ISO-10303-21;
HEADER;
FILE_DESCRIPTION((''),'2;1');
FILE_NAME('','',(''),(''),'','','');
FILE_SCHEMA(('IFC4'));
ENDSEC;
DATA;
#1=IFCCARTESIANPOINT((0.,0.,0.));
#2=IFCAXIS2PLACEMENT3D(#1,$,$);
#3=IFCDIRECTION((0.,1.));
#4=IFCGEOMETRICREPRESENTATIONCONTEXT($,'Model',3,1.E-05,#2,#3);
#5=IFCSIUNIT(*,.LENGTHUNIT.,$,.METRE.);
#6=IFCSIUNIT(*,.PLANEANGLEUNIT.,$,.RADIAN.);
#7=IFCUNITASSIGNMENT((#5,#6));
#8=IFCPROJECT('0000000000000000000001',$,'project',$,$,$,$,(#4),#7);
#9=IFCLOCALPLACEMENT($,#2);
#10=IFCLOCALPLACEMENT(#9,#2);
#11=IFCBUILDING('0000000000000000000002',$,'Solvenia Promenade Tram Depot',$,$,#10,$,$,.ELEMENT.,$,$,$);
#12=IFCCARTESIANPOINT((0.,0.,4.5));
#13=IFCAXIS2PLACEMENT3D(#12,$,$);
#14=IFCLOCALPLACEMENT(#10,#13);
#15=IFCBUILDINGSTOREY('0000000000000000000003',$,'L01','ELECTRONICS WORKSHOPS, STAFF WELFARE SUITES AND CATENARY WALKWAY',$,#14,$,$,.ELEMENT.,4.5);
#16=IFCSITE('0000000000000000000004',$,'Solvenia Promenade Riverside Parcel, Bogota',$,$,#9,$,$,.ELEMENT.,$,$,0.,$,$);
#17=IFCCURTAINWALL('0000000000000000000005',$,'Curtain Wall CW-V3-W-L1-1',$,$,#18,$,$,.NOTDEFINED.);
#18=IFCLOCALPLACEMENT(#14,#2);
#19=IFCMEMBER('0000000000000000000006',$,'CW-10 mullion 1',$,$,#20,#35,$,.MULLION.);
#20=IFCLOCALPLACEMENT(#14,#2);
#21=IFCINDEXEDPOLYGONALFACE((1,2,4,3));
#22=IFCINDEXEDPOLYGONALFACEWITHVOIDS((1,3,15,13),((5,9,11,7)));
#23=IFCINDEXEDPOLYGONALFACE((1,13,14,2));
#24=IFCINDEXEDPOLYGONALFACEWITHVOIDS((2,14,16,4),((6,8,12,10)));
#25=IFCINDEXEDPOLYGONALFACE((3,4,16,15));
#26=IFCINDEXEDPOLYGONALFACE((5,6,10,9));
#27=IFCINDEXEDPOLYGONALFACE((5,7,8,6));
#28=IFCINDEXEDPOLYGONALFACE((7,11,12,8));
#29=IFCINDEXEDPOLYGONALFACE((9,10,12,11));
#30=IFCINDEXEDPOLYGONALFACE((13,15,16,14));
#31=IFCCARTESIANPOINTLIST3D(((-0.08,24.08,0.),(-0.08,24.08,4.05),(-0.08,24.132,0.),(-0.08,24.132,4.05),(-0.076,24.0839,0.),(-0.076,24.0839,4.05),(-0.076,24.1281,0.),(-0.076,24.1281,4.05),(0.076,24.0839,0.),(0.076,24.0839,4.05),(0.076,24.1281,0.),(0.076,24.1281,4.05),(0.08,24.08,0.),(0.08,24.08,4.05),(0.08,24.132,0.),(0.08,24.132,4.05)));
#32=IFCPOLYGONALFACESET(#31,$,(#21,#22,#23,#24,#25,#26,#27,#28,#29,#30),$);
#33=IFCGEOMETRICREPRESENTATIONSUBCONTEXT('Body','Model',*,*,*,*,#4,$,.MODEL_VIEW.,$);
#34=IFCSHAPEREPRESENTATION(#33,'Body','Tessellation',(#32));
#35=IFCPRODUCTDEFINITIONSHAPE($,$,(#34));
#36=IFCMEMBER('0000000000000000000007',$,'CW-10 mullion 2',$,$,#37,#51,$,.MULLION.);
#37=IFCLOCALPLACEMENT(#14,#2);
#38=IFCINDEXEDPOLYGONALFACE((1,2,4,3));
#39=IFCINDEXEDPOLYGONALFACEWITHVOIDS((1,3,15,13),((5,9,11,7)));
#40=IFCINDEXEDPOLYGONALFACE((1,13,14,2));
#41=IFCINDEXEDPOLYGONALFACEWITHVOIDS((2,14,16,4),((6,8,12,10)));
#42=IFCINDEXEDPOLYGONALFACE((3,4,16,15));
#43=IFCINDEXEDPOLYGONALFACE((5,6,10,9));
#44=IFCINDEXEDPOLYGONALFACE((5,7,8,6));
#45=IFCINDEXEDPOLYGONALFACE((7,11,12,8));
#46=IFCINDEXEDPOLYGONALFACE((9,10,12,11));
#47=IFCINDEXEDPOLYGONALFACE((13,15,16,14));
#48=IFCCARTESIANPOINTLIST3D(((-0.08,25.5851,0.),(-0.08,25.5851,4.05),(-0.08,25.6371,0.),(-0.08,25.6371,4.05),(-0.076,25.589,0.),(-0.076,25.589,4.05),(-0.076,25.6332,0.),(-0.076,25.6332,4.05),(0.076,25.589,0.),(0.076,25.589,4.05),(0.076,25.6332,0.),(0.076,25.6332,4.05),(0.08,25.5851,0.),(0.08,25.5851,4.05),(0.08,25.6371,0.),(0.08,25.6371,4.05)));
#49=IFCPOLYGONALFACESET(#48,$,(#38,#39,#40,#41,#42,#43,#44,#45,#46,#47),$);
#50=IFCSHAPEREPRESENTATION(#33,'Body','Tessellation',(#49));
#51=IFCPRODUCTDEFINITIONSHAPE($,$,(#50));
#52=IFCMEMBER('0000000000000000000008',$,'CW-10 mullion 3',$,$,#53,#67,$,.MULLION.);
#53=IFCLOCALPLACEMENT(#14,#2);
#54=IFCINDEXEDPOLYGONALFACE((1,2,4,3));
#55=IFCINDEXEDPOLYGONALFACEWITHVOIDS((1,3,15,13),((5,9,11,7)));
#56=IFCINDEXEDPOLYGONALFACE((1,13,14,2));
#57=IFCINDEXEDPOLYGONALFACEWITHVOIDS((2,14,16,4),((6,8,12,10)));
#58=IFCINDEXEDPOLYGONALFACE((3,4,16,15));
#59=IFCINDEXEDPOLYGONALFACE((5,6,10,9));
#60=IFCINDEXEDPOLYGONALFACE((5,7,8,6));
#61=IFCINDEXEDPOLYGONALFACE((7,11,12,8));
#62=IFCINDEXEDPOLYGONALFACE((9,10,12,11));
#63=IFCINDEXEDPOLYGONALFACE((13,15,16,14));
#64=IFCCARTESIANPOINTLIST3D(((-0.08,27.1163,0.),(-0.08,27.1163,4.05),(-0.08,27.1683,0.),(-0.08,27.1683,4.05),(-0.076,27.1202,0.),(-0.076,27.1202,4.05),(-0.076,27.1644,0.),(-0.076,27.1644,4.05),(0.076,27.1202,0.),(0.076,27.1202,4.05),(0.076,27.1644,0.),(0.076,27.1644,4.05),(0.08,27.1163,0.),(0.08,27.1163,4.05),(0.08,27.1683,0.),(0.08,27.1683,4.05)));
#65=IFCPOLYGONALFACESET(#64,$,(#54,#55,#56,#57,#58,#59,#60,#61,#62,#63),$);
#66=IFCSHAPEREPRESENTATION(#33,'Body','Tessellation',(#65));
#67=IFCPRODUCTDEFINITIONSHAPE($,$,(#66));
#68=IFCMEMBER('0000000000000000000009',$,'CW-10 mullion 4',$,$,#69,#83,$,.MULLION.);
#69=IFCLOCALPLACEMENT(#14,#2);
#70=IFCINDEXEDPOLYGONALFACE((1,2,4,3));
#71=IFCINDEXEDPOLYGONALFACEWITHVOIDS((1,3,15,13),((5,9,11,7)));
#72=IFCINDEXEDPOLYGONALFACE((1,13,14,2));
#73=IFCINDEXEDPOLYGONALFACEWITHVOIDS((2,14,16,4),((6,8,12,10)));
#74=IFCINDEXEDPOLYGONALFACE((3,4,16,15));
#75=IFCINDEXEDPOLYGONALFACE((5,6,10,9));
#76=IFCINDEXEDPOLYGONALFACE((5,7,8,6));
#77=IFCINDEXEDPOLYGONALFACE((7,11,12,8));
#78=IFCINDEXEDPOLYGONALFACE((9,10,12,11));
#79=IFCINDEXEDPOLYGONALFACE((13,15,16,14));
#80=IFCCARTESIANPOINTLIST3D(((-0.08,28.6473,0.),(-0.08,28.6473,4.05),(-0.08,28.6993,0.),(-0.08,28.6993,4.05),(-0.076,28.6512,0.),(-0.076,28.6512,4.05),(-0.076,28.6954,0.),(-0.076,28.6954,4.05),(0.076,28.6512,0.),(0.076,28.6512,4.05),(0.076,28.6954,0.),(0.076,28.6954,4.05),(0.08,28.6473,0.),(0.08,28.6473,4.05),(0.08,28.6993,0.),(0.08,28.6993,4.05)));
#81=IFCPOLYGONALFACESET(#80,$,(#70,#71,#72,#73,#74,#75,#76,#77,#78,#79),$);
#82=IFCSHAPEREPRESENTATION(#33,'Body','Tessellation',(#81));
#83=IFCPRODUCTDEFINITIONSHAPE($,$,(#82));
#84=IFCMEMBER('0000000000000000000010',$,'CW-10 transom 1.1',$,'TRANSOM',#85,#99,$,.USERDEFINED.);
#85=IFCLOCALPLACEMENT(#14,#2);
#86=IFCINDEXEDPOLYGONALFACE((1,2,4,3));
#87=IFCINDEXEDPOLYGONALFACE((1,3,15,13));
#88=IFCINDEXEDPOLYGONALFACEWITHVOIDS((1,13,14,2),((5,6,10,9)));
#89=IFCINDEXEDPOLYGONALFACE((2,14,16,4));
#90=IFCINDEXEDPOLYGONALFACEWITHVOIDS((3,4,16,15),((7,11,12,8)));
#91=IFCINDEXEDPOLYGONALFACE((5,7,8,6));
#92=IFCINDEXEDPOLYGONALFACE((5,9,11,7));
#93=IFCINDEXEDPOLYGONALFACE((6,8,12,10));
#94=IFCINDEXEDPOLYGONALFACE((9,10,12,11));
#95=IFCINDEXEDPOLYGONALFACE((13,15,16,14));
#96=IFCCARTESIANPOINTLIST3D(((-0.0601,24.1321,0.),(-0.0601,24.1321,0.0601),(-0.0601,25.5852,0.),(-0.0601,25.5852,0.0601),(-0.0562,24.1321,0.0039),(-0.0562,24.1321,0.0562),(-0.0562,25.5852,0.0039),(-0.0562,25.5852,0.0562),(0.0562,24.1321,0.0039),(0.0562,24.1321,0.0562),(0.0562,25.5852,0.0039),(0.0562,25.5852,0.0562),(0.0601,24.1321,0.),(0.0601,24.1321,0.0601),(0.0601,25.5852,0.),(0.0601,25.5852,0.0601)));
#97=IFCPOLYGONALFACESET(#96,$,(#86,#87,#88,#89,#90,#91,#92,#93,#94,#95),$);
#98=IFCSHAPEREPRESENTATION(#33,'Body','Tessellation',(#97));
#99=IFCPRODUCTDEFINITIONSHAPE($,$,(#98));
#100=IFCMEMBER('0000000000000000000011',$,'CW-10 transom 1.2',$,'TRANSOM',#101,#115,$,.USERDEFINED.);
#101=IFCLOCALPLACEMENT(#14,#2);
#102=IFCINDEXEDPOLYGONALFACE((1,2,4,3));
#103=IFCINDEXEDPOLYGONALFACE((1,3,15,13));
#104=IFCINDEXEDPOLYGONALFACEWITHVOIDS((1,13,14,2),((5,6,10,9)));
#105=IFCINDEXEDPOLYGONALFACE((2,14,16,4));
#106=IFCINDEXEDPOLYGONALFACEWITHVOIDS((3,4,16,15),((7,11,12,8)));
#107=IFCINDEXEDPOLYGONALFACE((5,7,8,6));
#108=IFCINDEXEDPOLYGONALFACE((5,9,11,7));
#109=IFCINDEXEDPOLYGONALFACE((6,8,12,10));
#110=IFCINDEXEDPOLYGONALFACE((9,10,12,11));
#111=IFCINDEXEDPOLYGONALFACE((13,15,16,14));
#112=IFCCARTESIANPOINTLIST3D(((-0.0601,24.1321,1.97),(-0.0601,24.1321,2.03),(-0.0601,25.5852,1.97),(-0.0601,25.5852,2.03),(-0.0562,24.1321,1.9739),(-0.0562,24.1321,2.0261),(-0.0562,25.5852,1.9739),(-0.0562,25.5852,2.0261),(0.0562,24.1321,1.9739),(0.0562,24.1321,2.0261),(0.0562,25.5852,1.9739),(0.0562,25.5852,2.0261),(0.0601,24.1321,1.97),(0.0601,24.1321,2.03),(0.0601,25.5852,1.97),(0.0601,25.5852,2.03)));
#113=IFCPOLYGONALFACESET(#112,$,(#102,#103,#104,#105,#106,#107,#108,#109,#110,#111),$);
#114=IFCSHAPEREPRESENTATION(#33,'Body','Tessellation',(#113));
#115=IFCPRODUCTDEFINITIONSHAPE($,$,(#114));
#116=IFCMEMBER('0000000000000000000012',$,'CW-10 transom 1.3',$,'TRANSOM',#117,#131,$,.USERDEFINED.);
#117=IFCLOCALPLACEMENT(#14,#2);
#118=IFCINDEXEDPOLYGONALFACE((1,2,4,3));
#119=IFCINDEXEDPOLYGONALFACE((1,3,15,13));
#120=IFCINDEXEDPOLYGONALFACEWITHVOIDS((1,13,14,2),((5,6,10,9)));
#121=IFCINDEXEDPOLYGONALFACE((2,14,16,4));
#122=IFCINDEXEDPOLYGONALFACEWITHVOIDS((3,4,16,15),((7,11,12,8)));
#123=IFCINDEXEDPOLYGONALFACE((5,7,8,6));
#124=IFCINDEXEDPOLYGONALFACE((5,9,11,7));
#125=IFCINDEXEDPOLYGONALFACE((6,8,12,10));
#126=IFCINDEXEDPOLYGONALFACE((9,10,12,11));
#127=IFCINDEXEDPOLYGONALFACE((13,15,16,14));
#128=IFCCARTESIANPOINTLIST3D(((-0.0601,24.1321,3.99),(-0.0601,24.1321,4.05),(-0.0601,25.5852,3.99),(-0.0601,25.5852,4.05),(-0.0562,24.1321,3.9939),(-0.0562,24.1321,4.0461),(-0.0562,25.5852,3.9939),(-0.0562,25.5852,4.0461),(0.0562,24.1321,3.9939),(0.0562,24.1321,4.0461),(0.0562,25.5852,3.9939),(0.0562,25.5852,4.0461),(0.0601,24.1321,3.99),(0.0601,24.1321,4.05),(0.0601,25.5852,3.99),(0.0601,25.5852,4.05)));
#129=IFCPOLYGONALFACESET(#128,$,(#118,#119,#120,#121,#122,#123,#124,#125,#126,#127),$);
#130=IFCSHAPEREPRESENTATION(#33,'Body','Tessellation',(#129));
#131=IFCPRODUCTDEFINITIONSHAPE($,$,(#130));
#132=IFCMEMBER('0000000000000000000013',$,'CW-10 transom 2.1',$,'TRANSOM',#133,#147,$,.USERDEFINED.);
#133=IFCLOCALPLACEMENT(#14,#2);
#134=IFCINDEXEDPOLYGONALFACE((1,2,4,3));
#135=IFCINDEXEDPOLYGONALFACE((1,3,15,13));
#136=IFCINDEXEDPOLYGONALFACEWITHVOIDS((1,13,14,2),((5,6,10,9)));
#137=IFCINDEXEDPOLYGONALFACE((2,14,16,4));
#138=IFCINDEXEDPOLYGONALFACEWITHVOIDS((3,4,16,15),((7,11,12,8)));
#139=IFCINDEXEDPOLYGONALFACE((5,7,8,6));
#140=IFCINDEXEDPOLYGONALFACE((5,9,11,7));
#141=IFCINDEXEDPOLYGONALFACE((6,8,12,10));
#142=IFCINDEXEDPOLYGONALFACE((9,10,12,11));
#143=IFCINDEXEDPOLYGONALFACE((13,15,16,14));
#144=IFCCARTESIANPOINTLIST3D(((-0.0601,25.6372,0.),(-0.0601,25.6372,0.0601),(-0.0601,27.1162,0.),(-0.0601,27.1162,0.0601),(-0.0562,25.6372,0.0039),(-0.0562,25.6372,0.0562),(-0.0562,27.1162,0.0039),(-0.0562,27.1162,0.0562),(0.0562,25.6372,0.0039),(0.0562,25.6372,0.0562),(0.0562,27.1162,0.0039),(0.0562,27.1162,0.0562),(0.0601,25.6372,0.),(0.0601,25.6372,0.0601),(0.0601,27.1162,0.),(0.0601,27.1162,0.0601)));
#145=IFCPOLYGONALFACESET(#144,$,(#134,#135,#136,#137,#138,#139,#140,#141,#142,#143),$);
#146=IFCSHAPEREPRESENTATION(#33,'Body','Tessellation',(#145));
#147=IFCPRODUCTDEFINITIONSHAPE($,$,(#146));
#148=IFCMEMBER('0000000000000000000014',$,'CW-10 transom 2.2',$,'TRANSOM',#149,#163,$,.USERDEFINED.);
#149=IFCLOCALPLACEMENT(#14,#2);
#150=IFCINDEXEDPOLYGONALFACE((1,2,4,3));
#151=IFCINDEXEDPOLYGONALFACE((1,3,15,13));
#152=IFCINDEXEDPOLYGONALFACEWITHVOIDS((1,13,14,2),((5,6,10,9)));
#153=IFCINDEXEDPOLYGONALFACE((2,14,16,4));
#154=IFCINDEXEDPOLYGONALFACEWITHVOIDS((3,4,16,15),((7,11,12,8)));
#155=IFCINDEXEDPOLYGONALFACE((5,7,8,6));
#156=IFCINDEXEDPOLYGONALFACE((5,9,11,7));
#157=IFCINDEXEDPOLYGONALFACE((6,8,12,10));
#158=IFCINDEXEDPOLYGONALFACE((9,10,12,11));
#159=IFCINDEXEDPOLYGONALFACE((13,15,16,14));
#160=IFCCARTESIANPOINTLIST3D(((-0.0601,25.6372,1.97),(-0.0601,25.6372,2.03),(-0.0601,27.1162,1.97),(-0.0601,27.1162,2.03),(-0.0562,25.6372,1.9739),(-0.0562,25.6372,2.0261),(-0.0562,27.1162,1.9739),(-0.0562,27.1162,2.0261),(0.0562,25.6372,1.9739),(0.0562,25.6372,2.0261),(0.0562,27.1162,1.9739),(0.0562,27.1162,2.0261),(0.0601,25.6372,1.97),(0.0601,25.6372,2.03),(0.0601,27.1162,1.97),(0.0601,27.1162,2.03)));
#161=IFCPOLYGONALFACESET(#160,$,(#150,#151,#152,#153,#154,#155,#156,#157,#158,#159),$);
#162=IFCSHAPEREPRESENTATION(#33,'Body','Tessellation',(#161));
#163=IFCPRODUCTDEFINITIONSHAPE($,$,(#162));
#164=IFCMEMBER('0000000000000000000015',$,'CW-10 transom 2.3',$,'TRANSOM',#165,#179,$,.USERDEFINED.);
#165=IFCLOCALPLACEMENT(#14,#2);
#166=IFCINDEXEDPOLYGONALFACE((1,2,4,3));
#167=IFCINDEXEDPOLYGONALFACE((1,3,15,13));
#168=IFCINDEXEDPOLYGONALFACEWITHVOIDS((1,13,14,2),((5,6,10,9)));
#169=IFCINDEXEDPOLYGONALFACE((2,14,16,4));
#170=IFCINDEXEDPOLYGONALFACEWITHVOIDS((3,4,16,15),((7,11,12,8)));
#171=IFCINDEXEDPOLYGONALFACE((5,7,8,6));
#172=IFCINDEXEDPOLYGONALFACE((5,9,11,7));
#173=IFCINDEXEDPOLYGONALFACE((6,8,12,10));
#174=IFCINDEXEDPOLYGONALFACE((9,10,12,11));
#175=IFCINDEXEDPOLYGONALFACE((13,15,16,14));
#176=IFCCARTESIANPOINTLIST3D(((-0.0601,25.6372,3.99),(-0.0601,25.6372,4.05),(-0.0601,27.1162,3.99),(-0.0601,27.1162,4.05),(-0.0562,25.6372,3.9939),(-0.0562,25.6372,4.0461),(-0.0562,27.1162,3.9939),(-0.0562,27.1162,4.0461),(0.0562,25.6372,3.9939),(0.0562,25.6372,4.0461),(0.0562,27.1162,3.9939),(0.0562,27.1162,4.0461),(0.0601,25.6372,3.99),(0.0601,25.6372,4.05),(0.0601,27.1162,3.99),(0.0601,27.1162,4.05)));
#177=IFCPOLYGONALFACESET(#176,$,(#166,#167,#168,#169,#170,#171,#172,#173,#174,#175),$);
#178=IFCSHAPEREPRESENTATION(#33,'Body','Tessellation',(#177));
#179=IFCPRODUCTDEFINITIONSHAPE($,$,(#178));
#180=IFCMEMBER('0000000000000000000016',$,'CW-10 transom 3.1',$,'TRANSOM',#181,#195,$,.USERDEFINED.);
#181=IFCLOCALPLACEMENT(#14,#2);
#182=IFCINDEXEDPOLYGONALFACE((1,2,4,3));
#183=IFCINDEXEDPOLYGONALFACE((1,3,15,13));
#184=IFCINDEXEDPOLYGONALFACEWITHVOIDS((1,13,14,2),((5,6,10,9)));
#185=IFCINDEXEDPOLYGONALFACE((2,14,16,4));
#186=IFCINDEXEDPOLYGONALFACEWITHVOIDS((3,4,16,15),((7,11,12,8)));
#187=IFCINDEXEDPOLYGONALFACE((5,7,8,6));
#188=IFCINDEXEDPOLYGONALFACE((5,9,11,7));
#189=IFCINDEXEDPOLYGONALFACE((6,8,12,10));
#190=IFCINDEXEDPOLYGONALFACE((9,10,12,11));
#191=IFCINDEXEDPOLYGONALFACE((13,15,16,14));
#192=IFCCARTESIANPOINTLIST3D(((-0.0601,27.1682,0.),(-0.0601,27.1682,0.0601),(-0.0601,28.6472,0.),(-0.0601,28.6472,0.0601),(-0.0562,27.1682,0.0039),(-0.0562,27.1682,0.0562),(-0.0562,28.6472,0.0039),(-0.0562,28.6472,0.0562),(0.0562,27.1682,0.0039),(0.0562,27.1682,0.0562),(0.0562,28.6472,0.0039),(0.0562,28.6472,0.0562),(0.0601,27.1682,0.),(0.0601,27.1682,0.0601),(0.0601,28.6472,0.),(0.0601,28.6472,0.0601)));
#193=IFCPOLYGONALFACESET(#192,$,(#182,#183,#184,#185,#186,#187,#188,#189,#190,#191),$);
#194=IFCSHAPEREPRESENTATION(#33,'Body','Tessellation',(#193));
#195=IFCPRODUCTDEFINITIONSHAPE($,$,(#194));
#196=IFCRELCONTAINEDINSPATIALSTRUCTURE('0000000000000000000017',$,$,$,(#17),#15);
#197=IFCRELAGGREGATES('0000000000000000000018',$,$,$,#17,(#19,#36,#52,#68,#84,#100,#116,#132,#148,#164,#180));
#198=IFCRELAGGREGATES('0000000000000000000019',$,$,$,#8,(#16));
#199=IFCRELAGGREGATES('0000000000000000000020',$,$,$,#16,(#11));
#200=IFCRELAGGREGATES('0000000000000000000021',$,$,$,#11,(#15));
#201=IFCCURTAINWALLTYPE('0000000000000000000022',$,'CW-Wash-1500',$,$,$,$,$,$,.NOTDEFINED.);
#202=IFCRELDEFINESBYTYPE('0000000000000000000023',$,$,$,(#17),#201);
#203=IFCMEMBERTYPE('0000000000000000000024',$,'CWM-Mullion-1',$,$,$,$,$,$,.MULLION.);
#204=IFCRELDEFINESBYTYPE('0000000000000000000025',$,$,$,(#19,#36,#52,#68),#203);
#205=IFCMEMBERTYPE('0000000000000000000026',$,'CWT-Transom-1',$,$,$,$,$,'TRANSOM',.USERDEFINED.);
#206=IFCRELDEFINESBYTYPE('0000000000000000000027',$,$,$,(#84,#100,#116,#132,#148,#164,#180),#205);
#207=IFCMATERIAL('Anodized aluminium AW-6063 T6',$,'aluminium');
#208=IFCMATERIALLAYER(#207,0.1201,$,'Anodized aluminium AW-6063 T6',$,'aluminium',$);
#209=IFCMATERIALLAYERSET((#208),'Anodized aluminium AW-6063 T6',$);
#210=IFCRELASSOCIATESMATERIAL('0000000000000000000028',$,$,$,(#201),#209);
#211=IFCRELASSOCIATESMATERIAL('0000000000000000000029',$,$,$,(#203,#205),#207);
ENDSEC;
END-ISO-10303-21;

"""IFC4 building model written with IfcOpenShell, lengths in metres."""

from ifc_helpers import new_model, si_unit, direction, frame, origin, origin_2d, place, context, subcontext, project, spatial, hollow_rectangle, extrude, material, layer, layer_set, material_profile, profile_set, type_object, element, aggregate, save


model = new_model("IFC4")

# Units and contexts
model_context = context("Model", 3, precision=1e-05, world=origin(), true_north=direction((0.0, 1.0)))
body_context = subcontext(model_context, "Body", "Model", "MODEL_VIEW")
ifc_project = project(units=[si_unit("LENGTHUNIT", "METRE"), si_unit("PLANEANGLEUNIT", "RADIAN")], contexts=[model_context])

# Site, building, storey
site_placement = place(None, origin())
site = spatial("IfcSite", under=ifc_project, at=site_placement, Name="Solvenia Promenade Riverside Parcel, Bogota", CompositionType="ELEMENT", RefElevation=0.0)
building_placement = place(site_placement, origin())
building = spatial("IfcBuilding", under=site, at=building_placement, Name="Solvenia Promenade Tram Depot", CompositionType="ELEMENT")
storey_placement = place(building_placement, frame((0.0, 0.0, 4.5)))
storey = spatial("IfcBuildingStorey", under=building, at=storey_placement, Name="L01", Description="ELECTRONICS WORKSHOPS, STAFF WELFARE SUITES AND CATENARY WALKWAY", CompositionType="ELEMENT", Elevation=4.5)

# Curtain wall, members
ifc_material_1 = material(Name="Anodized aluminium AW-6063 T6", Category="aluminium")
ifc_layer_1 = layer(ifc_material_1, 0.1201, Name="Anodized aluminium AW-6063 T6", Category="aluminium")
ifc_layer_set_1 = layer_set([ifc_layer_1], Name="Anodized aluminium AW-6063 T6")
curtain_wall_type = type_object("IfcCurtainWallType", Name="CW-Wash-1500", PredefinedType="NOTDEFINED", material=ifc_layer_set_1)
curtain_wall_placement = place(storey_placement, origin())
curtain_wall = element("IfcCurtainWall", 1, at=curtain_wall_placement, inside=storey, type_object=curtain_wall_type, Name="Curtain Wall CW-V3-W-L1-1", PredefinedType="NOTDEFINED")
ifc_material_profile_1 = material_profile(ifc_material_1, hollow_rectangle(XDim=0.1599, YDim=0.052, WallThickness=0.0039, at=origin_2d()), Name="ALU-M1", Category="aluminium")
ifc_profile_set_1 = profile_set([ifc_material_profile_1], Name="Anodized aluminium AW-6063 T6")
member_type_1 = type_object("IfcMemberType", Name="CWM-Mullion-1", PredefinedType="MULLION", material=ifc_profile_set_1)
member_1_placement = place(storey_placement, frame((0.0, 24.106, 0.0), z_axis=(0.0, 0.0, 1.0), x_axis=(-1.0, 0.0, 0.0)))
member_1 = element("IfcMember", 2, at=member_1_placement, type_object=member_type_1, Name="CW-10 mullion 1", PredefinedType="MULLION", context=body_context, shape_type="SweptSolid", body=[
    extrude(hollow_rectangle(XDim=0.1599, YDim=0.052, WallThickness=0.0039, at=origin_2d()), origin(), (0.0, 0.0, 1.0), 4.05),
])
member_2_placement = place(storey_placement, frame((0.0, 25.6111, 0.0), z_axis=(0.0, 0.0, 1.0), x_axis=(-1.0, 0.0, 0.0)))
member_2 = element("IfcMember", 3, at=member_2_placement, type_object=member_type_1, Name="CW-10 mullion 2", PredefinedType="MULLION", context=body_context, shape_type="SweptSolid", body=[
    extrude(hollow_rectangle(XDim=0.1599, YDim=0.052, WallThickness=0.0039, at=origin_2d()), origin(), (0.0, 0.0, 1.0), 4.05),
])
member_3_placement = place(storey_placement, frame((0.0, 27.1423, 0.0), z_axis=(0.0, 0.0, 1.0), x_axis=(-1.0, 0.0, 0.0)))
member_3 = element("IfcMember", 4, at=member_3_placement, type_object=member_type_1, Name="CW-10 mullion 3", PredefinedType="MULLION", context=body_context, shape_type="SweptSolid", body=[
    extrude(hollow_rectangle(XDim=0.1599, YDim=0.052, WallThickness=0.0039, at=origin_2d()), origin(), (0.0, 0.0, 1.0), 4.05),
])
member_4_placement = place(storey_placement, frame((0.0, 28.6733, 0.0), z_axis=(0.0, 0.0, 1.0), x_axis=(-1.0, 0.0, 0.0)))
member_4 = element("IfcMember", 5, at=member_4_placement, type_object=member_type_1, Name="CW-10 mullion 4", PredefinedType="MULLION", context=body_context, shape_type="SweptSolid", body=[
    extrude(hollow_rectangle(XDim=0.1599, YDim=0.052, WallThickness=0.0039, at=origin_2d()), origin(), (0.0, 0.0, 1.0), 4.05),
])
ifc_material_profile_2 = material_profile(ifc_material_1, hollow_rectangle(XDim=0.1201, YDim=0.0601, WallThickness=0.0039, at=origin_2d()), Name="ALU-T1", Category="aluminium")
ifc_profile_set_2 = profile_set([ifc_material_profile_2], Name="Anodized aluminium AW-6063 T6")
member_type_2 = type_object("IfcMemberType", Name="CWT-Transom-1", ElementType="TRANSOM", PredefinedType="USERDEFINED", material=ifc_profile_set_2)
member_5_placement = place(storey_placement, frame((0.0, 24.1321, 0.03), z_axis=(0.0, 1.0, 0.0), x_axis=(-1.0, 0.0, 0.0)))
member_5 = element("IfcMember", 6, at=member_5_placement, type_object=member_type_2, Name="CW-10 transom 1.1", ObjectType="TRANSOM", PredefinedType="USERDEFINED", context=body_context, shape_type="SweptSolid", body=[
    extrude(hollow_rectangle(XDim=0.1201, YDim=0.0601, WallThickness=0.0039, at=origin_2d()), origin(), (0.0, 0.0, 1.0), 1.4531),
])
member_6_placement = place(storey_placement, frame((0.0, 24.1321, 2.0), z_axis=(0.0, 1.0, 0.0), x_axis=(-1.0, 0.0, 0.0)))
member_6 = element("IfcMember", 7, at=member_6_placement, type_object=member_type_2, Name="CW-10 transom 1.2", ObjectType="TRANSOM", PredefinedType="USERDEFINED", context=body_context, shape_type="SweptSolid", body=[
    extrude(hollow_rectangle(XDim=0.1201, YDim=0.0601, WallThickness=0.0039, at=origin_2d()), origin(), (0.0, 0.0, 1.0), 1.4531),
])
member_7_placement = place(storey_placement, frame((0.0, 24.1321, 4.02), z_axis=(0.0, 1.0, 0.0), x_axis=(-1.0, 0.0, 0.0)))
member_7 = element("IfcMember", 8, at=member_7_placement, type_object=member_type_2, Name="CW-10 transom 1.3", ObjectType="TRANSOM", PredefinedType="USERDEFINED", context=body_context, shape_type="SweptSolid", body=[
    extrude(hollow_rectangle(XDim=0.1201, YDim=0.0601, WallThickness=0.0039, at=origin_2d()), origin(), (0.0, 0.0, 1.0), 1.4531),
])
member_8_placement = place(storey_placement, frame((0.0, 25.6372, 0.03), z_axis=(0.0, 1.0, 0.0), x_axis=(-1.0, 0.0, 0.0)))
member_8 = element("IfcMember", 9, at=member_8_placement, type_object=member_type_2, Name="CW-10 transom 2.1", ObjectType="TRANSOM", PredefinedType="USERDEFINED", context=body_context, shape_type="SweptSolid", body=[
    extrude(hollow_rectangle(XDim=0.1201, YDim=0.0601, WallThickness=0.0039, at=origin_2d()), origin(), (0.0, 0.0, 1.0), 1.479),
])
member_9_placement = place(storey_placement, frame((0.0, 25.6372, 2.0), z_axis=(0.0, 1.0, 0.0), x_axis=(-1.0, 0.0, 0.0)))
member_9 = element("IfcMember", 10, at=member_9_placement, type_object=member_type_2, Name="CW-10 transom 2.2", ObjectType="TRANSOM", PredefinedType="USERDEFINED", context=body_context, shape_type="SweptSolid", body=[
    extrude(hollow_rectangle(XDim=0.1201, YDim=0.0601, WallThickness=0.0039, at=origin_2d()), origin(), (0.0, 0.0, 1.0), 1.479),
])
member_10_placement = place(storey_placement, frame((0.0, 25.6372, 4.02), z_axis=(0.0, 1.0, 0.0), x_axis=(-1.0, 0.0, 0.0)))
member_10 = element("IfcMember", 11, at=member_10_placement, type_object=member_type_2, Name="CW-10 transom 2.3", ObjectType="TRANSOM", PredefinedType="USERDEFINED", context=body_context, shape_type="SweptSolid", body=[
    extrude(hollow_rectangle(XDim=0.1201, YDim=0.0601, WallThickness=0.0039, at=origin_2d()), origin(), (0.0, 0.0, 1.0), 1.479),
])
member_11_placement = place(storey_placement, frame((0.0, 27.1682, 0.03), z_axis=(0.0, 1.0, 0.0), x_axis=(-1.0, 0.0, 0.0)))
member_11 = element("IfcMember", 12, at=member_11_placement, type_object=member_type_2, Name="CW-10 transom 3.1", ObjectType="TRANSOM", PredefinedType="USERDEFINED", context=body_context, shape_type="SweptSolid", body=[
    extrude(hollow_rectangle(XDim=0.1201, YDim=0.0601, WallThickness=0.0039, at=origin_2d()), origin(), (0.0, 0.0, 1.0), 1.479),
])

aggregate(curtain_wall, [member_1, member_2, member_3, member_4, member_5, member_6, member_7, member_8, member_9, member_10, member_11])

save(model, "model.ifc")
